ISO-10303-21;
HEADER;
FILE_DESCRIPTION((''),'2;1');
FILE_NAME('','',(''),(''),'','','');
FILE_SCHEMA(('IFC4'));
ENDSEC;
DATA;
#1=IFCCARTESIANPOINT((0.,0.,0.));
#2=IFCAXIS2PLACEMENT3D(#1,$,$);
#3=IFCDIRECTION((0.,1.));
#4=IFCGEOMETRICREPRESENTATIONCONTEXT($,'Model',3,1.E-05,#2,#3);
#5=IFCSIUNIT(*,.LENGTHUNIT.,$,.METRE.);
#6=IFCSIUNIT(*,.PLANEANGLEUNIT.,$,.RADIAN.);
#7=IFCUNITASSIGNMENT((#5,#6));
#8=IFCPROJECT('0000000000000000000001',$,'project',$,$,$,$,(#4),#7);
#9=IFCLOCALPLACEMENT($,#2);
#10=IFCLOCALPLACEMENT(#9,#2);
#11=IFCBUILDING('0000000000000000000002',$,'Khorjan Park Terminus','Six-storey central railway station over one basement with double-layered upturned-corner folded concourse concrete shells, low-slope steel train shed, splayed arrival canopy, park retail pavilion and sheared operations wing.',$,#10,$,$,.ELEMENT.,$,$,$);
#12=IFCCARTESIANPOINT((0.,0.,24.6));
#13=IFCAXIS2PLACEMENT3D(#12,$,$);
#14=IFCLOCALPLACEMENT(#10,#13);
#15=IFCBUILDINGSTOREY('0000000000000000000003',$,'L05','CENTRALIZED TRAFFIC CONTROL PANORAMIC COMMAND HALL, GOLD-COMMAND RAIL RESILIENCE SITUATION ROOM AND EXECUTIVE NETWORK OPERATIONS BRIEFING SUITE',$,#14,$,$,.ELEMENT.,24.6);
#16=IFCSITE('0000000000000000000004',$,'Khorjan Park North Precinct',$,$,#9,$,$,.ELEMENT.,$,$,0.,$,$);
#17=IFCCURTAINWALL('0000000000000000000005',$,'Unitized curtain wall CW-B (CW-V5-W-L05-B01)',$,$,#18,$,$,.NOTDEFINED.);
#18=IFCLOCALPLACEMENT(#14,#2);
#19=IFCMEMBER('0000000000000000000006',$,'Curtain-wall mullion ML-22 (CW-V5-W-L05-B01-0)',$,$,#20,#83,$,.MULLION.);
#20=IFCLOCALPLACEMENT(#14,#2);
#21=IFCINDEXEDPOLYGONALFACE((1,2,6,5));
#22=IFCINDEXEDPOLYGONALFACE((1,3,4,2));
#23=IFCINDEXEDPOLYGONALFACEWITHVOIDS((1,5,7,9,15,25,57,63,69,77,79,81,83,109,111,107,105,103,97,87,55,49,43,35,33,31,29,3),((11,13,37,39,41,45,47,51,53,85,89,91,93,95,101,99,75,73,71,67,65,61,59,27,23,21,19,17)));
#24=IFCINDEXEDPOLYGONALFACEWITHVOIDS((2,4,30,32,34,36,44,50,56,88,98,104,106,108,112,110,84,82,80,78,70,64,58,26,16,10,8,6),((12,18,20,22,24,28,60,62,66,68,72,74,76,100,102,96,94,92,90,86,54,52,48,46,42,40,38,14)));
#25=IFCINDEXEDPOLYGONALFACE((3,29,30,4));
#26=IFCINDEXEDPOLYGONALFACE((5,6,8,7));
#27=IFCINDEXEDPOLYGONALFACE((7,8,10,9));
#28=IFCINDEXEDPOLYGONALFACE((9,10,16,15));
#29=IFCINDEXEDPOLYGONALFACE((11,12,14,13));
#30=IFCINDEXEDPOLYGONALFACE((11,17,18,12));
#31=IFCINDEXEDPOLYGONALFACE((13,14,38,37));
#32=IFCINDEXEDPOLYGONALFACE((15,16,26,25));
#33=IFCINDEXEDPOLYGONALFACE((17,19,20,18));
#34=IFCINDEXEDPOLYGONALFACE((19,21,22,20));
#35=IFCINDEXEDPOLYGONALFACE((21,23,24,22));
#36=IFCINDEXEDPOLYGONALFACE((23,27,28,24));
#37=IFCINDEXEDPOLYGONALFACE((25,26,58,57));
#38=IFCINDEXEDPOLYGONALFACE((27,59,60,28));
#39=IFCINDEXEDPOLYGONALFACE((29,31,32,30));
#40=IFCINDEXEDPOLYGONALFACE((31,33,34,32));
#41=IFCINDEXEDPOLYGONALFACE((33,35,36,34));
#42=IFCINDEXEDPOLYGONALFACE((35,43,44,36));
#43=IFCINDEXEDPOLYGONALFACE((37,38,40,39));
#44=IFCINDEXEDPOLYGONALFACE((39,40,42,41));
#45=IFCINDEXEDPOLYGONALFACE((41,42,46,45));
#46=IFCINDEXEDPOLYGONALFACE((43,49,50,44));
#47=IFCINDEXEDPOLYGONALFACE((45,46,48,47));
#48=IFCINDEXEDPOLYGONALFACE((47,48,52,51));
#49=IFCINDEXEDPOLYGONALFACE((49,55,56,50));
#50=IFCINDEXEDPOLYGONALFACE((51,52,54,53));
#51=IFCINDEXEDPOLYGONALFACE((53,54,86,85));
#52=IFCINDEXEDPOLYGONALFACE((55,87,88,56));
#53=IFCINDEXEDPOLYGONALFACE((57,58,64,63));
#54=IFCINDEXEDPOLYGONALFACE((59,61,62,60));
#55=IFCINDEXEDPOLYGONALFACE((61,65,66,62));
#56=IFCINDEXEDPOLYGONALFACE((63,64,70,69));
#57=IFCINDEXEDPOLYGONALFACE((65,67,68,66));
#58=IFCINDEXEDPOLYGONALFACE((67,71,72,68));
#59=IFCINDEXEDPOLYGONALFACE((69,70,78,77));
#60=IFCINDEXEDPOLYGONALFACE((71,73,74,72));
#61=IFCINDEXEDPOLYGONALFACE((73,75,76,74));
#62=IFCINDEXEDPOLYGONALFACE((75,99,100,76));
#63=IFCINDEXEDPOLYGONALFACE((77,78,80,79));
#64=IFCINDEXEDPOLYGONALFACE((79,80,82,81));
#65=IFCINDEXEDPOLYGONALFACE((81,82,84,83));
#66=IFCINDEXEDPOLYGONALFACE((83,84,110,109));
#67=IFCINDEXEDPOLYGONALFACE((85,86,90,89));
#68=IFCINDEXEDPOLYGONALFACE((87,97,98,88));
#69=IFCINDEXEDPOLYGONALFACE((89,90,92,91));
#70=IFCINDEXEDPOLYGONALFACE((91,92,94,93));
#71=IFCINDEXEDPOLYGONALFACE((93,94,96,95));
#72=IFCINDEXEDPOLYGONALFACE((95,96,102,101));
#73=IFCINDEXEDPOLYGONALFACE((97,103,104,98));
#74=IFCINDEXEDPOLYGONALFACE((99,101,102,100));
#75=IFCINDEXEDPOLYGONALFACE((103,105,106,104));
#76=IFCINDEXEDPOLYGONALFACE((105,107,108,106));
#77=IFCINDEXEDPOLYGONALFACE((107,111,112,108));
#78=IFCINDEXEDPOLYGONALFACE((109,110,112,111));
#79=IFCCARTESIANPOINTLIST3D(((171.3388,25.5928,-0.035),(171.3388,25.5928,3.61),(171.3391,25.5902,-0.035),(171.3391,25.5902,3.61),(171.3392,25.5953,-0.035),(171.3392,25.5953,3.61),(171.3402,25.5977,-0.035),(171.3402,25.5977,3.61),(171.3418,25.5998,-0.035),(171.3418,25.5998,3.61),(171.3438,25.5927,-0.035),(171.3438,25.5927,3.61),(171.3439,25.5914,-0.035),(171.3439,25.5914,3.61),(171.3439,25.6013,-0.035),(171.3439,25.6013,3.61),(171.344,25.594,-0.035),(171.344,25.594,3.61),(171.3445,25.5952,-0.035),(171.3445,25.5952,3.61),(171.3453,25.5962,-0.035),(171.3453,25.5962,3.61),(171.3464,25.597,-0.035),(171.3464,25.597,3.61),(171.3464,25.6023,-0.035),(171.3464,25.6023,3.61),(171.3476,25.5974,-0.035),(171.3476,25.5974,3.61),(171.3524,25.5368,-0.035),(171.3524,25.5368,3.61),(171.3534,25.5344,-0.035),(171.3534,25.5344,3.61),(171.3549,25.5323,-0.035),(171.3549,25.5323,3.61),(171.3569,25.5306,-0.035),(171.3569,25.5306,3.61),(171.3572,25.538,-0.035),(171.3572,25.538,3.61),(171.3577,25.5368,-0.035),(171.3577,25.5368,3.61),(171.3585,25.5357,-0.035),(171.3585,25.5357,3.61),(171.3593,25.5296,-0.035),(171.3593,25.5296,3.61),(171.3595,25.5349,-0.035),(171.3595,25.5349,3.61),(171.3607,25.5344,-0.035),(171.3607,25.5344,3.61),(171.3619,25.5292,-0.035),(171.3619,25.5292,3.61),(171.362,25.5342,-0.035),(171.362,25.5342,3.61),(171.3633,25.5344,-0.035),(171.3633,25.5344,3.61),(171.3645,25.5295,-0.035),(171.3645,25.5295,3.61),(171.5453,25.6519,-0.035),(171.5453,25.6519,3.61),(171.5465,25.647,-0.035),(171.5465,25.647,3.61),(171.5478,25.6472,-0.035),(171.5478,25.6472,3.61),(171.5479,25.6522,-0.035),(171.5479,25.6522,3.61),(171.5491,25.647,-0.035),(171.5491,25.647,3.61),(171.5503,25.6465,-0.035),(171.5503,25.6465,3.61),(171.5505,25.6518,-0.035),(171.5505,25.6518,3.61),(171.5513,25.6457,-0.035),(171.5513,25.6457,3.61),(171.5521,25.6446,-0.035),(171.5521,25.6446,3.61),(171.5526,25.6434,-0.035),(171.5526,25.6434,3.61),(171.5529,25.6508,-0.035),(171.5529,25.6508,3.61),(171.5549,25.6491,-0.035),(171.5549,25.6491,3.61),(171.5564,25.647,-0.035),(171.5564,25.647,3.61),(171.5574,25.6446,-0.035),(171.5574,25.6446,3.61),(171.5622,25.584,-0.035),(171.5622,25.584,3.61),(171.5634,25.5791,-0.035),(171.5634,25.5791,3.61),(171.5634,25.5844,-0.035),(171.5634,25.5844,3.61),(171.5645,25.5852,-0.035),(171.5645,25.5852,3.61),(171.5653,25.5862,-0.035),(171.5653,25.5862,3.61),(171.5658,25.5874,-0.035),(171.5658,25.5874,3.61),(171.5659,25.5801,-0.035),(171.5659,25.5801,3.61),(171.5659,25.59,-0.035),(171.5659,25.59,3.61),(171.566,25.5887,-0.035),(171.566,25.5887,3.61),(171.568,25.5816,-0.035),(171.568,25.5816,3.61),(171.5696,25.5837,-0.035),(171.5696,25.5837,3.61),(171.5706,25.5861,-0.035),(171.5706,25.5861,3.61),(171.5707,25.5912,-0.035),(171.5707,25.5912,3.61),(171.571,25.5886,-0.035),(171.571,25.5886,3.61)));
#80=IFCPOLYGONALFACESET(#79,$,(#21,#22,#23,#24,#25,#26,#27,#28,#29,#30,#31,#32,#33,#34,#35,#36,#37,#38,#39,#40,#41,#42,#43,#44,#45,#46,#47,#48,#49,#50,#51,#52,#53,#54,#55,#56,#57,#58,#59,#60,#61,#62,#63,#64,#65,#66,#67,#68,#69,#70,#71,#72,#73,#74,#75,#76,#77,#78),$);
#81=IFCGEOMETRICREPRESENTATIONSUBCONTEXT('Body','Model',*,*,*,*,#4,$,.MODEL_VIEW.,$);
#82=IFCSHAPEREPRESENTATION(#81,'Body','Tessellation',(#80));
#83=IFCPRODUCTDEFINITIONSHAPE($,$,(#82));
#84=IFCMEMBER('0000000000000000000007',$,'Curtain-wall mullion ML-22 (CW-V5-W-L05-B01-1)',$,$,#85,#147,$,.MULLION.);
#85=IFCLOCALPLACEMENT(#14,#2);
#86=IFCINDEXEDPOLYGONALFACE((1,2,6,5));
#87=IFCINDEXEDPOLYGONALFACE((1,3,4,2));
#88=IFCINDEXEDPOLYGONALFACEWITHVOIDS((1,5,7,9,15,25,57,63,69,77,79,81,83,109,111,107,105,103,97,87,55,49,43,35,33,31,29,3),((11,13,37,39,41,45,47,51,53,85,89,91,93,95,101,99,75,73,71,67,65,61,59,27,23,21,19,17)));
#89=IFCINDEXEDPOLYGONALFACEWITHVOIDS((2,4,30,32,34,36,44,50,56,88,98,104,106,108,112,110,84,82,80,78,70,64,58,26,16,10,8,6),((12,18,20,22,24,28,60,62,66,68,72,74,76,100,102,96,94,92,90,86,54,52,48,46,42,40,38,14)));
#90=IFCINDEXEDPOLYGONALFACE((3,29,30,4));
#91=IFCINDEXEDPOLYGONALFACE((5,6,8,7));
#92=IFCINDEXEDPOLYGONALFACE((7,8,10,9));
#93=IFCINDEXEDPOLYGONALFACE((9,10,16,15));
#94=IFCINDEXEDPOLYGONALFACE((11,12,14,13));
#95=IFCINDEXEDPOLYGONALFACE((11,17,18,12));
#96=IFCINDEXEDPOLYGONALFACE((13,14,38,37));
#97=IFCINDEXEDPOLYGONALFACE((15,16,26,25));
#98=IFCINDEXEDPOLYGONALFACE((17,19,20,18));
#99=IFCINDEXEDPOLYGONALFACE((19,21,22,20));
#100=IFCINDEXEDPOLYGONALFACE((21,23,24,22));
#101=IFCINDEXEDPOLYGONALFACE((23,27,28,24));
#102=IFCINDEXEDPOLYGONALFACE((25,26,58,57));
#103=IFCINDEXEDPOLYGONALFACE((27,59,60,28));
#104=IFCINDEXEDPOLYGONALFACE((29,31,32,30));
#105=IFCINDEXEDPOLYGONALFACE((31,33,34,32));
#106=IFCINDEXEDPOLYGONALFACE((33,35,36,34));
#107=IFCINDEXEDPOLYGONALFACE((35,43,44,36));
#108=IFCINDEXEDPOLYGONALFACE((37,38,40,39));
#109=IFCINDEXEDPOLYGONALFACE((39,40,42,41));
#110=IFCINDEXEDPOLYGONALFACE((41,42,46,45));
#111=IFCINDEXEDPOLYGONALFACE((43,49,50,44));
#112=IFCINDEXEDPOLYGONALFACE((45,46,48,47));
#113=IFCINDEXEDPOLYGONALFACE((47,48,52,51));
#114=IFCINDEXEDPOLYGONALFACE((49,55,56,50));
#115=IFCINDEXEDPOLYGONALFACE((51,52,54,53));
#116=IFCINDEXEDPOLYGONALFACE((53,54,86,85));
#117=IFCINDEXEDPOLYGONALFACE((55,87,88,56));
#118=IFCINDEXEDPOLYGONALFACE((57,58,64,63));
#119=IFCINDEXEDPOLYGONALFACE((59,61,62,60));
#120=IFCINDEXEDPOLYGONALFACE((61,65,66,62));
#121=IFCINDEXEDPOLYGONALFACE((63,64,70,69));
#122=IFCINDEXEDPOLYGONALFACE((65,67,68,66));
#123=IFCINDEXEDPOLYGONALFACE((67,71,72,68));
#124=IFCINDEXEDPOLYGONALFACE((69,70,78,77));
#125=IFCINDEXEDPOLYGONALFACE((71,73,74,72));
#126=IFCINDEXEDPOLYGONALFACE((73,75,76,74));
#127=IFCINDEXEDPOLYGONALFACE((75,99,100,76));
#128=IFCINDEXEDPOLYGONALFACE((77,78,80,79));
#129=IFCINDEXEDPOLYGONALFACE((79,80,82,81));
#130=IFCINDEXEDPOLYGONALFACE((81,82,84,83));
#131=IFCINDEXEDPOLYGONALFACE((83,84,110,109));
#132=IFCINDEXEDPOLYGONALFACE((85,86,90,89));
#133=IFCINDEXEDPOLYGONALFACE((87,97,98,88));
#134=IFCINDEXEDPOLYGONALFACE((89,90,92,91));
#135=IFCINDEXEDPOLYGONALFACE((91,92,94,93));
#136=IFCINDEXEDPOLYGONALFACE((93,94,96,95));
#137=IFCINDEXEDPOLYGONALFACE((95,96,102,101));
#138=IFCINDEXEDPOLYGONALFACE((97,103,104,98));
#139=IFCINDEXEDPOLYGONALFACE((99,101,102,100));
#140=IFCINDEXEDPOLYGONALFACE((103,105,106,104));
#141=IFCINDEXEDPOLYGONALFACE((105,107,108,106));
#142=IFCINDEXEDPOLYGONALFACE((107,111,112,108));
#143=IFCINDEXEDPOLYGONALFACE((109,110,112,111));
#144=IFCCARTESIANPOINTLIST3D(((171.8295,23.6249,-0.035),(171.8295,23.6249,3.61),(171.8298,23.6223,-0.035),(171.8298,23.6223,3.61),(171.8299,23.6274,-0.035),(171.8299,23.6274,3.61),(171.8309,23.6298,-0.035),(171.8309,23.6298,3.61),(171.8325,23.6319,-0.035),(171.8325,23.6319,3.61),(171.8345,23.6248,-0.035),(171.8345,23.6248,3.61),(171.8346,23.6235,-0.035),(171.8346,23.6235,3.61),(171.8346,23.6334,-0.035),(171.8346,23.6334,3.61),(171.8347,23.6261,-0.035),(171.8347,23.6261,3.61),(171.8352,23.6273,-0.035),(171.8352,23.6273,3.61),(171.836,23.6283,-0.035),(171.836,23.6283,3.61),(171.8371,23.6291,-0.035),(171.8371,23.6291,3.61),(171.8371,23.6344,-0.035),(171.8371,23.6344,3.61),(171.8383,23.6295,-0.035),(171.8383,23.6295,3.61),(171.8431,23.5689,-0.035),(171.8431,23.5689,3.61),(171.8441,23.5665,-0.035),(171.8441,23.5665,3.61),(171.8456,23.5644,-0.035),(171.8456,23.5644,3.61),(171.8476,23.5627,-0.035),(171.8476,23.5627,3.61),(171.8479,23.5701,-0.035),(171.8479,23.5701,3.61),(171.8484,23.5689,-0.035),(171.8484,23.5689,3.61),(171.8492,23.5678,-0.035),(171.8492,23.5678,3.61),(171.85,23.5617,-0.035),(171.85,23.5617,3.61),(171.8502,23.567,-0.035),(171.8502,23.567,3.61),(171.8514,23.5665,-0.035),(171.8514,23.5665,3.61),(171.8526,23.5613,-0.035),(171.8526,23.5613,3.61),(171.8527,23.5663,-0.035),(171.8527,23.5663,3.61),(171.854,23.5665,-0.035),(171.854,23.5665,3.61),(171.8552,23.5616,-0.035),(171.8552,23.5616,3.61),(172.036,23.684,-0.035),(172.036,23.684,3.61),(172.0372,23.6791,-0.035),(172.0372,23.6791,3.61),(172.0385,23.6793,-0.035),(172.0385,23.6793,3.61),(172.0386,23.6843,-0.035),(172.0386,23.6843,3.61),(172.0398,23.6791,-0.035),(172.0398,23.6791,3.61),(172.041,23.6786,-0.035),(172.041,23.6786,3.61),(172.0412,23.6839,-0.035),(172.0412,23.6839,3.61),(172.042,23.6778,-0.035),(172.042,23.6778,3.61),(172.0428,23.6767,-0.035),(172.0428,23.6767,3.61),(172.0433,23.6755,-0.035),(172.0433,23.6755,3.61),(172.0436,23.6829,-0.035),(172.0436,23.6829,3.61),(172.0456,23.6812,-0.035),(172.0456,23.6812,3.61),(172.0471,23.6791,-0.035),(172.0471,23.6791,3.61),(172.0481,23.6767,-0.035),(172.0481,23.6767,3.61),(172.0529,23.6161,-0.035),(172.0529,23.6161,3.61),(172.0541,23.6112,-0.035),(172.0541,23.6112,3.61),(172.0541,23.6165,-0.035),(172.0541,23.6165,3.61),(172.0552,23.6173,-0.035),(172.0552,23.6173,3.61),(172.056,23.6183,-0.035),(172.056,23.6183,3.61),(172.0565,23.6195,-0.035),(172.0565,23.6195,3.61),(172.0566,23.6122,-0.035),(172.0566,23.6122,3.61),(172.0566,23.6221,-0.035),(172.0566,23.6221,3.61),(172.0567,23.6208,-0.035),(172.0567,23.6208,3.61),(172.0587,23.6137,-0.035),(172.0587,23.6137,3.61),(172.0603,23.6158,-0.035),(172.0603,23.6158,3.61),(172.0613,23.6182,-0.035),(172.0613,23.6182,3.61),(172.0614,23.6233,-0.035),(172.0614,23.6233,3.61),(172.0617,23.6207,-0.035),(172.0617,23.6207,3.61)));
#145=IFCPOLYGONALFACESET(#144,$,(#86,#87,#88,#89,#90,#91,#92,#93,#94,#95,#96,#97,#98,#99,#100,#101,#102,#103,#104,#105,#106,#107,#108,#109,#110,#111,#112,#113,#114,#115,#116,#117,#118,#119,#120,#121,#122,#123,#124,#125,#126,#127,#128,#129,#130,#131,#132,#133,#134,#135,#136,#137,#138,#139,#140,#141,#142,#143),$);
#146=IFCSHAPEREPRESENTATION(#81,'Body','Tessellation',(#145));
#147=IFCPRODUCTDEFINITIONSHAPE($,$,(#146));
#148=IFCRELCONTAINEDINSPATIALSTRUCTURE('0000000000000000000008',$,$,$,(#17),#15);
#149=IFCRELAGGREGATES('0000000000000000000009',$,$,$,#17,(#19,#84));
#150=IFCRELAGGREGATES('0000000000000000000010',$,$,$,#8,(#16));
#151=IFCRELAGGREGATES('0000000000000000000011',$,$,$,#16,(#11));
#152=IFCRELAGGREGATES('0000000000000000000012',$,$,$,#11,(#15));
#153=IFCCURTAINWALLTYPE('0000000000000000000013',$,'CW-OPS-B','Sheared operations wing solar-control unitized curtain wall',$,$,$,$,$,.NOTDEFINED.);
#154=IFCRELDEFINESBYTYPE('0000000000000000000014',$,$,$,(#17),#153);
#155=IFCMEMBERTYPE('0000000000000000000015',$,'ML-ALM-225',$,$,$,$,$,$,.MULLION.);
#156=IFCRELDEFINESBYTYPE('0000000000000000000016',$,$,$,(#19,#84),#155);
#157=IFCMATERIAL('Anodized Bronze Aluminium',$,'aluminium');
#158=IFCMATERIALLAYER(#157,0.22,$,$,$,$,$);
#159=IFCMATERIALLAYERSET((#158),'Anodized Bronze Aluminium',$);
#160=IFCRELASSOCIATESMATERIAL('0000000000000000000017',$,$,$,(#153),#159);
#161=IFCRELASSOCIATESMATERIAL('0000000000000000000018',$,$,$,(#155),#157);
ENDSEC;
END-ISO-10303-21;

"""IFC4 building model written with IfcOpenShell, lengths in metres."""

from ifc_helpers import new_model, si_unit, direction, frame, origin, origin_2d, place, context, subcontext, project, spatial, hollow_rectangle, extrude, material, layer, layer_set, material_profile, profile_set, type_object, element, aggregate, save


model = new_model("IFC4")

# Units and contexts
model_context = context("Model", 3, precision=1e-05, world=origin(), true_north=direction((0.0, 1.0)))
body_context = subcontext(model_context, "Body", "Model", "MODEL_VIEW")
ifc_project = project(units=[si_unit("LENGTHUNIT", "METRE"), si_unit("PLANEANGLEUNIT", "RADIAN")], contexts=[model_context])

# Site, building, storey
site_placement = place(None, origin())
site = spatial("IfcSite", under=ifc_project, at=site_placement, Name="Khorjan Park North Precinct", CompositionType="ELEMENT", RefElevation=0.0)
building_placement = place(site_placement, origin())
building = spatial("IfcBuilding", under=site, at=building_placement, Name="Khorjan Park Terminus", Description="Six-storey central railway station over one basement with double-layered upturned-corner folded concourse concrete shells, low-slope steel train shed, splayed arrival canopy, park retail pavilion and sheared operations wing.", CompositionType="ELEMENT")
storey_placement = place(building_placement, frame((0.0, 0.0, 24.6)))
storey = spatial("IfcBuildingStorey", under=building, at=storey_placement, Name="L05", Description="CENTRALIZED TRAFFIC CONTROL PANORAMIC COMMAND HALL, GOLD-COMMAND RAIL RESILIENCE SITUATION ROOM AND EXECUTIVE NETWORK OPERATIONS BRIEFING SUITE", CompositionType="ELEMENT", Elevation=24.6)

# Shared definitions
ifc_material_1 = material(Name="Anodized Bronze Aluminium", Category="aluminium")
ifc_layer_1 = layer(ifc_material_1, 0.22)
ifc_layer_set_1 = layer_set([ifc_layer_1], Name="Anodized Bronze Aluminium")
curtain_wall_type = type_object("IfcCurtainWallType", Name="CW-OPS-B", Description="Sheared operations wing solar-control unitized curtain wall", PredefinedType="NOTDEFINED", material=ifc_layer_set_1)
ifc_material_profile_1 = material_profile(ifc_material_1, hollow_rectangle(XDim=0.075, YDim=0.225, WallThickness=0.005, InnerFilletRadius=0.005, OuterFilletRadius=0.01, at=origin_2d()), Name="ALM 75x225x5")
ifc_profile_set_1 = profile_set([ifc_material_profile_1], Name="Anodized Bronze Aluminium")
member_type_1 = type_object("IfcMemberType", Name="ML-ALM-225", PredefinedType="MULLION", material=ifc_profile_set_1)

# Curtain wall, members
curtain_wall_1_placement = place(storey_placement, origin())
curtain_wall_1 = element("IfcCurtainWall", 1, at=curtain_wall_1_placement, inside=storey, type_object=curtain_wall_type, Name="Unitized curtain wall CW-B (CW-V5-W-L05-B01)", PredefinedType="NOTDEFINED")
member_1_placement = place(storey_placement, frame((171.4549, 25.5907, -0.035), z_axis=(0.0, 0.0, 1.0), x_axis=(0.241928, -0.970294, 0.0)))
member_1 = element("IfcMember", 2, at=member_1_placement, type_object=member_type_1, Name="Curtain-wall mullion ML-22 (CW-V5-W-L05-B01-0)", PredefinedType="MULLION", context=body_context, shape_type="SweptSolid", body=[
    extrude(hollow_rectangle(XDim=0.075, YDim=0.225, WallThickness=0.005, InnerFilletRadius=0.005, OuterFilletRadius=0.01, at=origin_2d()), origin(), (0.0, 0.0, 1.0), 3.645),
])
member_2_placement = place(storey_placement, frame((171.9456, 23.6228, -0.035), z_axis=(0.0, 0.0, 1.0), x_axis=(0.241928, -0.970294, 0.0)))
member_2 = element("IfcMember", 3, at=member_2_placement, type_object=member_type_1, Name="Curtain-wall mullion ML-22 (CW-V5-W-L05-B01-1)", PredefinedType="MULLION", context=body_context, shape_type="SweptSolid", body=[
    extrude(hollow_rectangle(XDim=0.075, YDim=0.225, WallThickness=0.005, InnerFilletRadius=0.005, OuterFilletRadius=0.01, at=origin_2d()), origin(), (0.0, 0.0, 1.0), 3.645),
])

aggregate(curtain_wall_1, [member_1, member_2])

save(model, "model.ifc")
